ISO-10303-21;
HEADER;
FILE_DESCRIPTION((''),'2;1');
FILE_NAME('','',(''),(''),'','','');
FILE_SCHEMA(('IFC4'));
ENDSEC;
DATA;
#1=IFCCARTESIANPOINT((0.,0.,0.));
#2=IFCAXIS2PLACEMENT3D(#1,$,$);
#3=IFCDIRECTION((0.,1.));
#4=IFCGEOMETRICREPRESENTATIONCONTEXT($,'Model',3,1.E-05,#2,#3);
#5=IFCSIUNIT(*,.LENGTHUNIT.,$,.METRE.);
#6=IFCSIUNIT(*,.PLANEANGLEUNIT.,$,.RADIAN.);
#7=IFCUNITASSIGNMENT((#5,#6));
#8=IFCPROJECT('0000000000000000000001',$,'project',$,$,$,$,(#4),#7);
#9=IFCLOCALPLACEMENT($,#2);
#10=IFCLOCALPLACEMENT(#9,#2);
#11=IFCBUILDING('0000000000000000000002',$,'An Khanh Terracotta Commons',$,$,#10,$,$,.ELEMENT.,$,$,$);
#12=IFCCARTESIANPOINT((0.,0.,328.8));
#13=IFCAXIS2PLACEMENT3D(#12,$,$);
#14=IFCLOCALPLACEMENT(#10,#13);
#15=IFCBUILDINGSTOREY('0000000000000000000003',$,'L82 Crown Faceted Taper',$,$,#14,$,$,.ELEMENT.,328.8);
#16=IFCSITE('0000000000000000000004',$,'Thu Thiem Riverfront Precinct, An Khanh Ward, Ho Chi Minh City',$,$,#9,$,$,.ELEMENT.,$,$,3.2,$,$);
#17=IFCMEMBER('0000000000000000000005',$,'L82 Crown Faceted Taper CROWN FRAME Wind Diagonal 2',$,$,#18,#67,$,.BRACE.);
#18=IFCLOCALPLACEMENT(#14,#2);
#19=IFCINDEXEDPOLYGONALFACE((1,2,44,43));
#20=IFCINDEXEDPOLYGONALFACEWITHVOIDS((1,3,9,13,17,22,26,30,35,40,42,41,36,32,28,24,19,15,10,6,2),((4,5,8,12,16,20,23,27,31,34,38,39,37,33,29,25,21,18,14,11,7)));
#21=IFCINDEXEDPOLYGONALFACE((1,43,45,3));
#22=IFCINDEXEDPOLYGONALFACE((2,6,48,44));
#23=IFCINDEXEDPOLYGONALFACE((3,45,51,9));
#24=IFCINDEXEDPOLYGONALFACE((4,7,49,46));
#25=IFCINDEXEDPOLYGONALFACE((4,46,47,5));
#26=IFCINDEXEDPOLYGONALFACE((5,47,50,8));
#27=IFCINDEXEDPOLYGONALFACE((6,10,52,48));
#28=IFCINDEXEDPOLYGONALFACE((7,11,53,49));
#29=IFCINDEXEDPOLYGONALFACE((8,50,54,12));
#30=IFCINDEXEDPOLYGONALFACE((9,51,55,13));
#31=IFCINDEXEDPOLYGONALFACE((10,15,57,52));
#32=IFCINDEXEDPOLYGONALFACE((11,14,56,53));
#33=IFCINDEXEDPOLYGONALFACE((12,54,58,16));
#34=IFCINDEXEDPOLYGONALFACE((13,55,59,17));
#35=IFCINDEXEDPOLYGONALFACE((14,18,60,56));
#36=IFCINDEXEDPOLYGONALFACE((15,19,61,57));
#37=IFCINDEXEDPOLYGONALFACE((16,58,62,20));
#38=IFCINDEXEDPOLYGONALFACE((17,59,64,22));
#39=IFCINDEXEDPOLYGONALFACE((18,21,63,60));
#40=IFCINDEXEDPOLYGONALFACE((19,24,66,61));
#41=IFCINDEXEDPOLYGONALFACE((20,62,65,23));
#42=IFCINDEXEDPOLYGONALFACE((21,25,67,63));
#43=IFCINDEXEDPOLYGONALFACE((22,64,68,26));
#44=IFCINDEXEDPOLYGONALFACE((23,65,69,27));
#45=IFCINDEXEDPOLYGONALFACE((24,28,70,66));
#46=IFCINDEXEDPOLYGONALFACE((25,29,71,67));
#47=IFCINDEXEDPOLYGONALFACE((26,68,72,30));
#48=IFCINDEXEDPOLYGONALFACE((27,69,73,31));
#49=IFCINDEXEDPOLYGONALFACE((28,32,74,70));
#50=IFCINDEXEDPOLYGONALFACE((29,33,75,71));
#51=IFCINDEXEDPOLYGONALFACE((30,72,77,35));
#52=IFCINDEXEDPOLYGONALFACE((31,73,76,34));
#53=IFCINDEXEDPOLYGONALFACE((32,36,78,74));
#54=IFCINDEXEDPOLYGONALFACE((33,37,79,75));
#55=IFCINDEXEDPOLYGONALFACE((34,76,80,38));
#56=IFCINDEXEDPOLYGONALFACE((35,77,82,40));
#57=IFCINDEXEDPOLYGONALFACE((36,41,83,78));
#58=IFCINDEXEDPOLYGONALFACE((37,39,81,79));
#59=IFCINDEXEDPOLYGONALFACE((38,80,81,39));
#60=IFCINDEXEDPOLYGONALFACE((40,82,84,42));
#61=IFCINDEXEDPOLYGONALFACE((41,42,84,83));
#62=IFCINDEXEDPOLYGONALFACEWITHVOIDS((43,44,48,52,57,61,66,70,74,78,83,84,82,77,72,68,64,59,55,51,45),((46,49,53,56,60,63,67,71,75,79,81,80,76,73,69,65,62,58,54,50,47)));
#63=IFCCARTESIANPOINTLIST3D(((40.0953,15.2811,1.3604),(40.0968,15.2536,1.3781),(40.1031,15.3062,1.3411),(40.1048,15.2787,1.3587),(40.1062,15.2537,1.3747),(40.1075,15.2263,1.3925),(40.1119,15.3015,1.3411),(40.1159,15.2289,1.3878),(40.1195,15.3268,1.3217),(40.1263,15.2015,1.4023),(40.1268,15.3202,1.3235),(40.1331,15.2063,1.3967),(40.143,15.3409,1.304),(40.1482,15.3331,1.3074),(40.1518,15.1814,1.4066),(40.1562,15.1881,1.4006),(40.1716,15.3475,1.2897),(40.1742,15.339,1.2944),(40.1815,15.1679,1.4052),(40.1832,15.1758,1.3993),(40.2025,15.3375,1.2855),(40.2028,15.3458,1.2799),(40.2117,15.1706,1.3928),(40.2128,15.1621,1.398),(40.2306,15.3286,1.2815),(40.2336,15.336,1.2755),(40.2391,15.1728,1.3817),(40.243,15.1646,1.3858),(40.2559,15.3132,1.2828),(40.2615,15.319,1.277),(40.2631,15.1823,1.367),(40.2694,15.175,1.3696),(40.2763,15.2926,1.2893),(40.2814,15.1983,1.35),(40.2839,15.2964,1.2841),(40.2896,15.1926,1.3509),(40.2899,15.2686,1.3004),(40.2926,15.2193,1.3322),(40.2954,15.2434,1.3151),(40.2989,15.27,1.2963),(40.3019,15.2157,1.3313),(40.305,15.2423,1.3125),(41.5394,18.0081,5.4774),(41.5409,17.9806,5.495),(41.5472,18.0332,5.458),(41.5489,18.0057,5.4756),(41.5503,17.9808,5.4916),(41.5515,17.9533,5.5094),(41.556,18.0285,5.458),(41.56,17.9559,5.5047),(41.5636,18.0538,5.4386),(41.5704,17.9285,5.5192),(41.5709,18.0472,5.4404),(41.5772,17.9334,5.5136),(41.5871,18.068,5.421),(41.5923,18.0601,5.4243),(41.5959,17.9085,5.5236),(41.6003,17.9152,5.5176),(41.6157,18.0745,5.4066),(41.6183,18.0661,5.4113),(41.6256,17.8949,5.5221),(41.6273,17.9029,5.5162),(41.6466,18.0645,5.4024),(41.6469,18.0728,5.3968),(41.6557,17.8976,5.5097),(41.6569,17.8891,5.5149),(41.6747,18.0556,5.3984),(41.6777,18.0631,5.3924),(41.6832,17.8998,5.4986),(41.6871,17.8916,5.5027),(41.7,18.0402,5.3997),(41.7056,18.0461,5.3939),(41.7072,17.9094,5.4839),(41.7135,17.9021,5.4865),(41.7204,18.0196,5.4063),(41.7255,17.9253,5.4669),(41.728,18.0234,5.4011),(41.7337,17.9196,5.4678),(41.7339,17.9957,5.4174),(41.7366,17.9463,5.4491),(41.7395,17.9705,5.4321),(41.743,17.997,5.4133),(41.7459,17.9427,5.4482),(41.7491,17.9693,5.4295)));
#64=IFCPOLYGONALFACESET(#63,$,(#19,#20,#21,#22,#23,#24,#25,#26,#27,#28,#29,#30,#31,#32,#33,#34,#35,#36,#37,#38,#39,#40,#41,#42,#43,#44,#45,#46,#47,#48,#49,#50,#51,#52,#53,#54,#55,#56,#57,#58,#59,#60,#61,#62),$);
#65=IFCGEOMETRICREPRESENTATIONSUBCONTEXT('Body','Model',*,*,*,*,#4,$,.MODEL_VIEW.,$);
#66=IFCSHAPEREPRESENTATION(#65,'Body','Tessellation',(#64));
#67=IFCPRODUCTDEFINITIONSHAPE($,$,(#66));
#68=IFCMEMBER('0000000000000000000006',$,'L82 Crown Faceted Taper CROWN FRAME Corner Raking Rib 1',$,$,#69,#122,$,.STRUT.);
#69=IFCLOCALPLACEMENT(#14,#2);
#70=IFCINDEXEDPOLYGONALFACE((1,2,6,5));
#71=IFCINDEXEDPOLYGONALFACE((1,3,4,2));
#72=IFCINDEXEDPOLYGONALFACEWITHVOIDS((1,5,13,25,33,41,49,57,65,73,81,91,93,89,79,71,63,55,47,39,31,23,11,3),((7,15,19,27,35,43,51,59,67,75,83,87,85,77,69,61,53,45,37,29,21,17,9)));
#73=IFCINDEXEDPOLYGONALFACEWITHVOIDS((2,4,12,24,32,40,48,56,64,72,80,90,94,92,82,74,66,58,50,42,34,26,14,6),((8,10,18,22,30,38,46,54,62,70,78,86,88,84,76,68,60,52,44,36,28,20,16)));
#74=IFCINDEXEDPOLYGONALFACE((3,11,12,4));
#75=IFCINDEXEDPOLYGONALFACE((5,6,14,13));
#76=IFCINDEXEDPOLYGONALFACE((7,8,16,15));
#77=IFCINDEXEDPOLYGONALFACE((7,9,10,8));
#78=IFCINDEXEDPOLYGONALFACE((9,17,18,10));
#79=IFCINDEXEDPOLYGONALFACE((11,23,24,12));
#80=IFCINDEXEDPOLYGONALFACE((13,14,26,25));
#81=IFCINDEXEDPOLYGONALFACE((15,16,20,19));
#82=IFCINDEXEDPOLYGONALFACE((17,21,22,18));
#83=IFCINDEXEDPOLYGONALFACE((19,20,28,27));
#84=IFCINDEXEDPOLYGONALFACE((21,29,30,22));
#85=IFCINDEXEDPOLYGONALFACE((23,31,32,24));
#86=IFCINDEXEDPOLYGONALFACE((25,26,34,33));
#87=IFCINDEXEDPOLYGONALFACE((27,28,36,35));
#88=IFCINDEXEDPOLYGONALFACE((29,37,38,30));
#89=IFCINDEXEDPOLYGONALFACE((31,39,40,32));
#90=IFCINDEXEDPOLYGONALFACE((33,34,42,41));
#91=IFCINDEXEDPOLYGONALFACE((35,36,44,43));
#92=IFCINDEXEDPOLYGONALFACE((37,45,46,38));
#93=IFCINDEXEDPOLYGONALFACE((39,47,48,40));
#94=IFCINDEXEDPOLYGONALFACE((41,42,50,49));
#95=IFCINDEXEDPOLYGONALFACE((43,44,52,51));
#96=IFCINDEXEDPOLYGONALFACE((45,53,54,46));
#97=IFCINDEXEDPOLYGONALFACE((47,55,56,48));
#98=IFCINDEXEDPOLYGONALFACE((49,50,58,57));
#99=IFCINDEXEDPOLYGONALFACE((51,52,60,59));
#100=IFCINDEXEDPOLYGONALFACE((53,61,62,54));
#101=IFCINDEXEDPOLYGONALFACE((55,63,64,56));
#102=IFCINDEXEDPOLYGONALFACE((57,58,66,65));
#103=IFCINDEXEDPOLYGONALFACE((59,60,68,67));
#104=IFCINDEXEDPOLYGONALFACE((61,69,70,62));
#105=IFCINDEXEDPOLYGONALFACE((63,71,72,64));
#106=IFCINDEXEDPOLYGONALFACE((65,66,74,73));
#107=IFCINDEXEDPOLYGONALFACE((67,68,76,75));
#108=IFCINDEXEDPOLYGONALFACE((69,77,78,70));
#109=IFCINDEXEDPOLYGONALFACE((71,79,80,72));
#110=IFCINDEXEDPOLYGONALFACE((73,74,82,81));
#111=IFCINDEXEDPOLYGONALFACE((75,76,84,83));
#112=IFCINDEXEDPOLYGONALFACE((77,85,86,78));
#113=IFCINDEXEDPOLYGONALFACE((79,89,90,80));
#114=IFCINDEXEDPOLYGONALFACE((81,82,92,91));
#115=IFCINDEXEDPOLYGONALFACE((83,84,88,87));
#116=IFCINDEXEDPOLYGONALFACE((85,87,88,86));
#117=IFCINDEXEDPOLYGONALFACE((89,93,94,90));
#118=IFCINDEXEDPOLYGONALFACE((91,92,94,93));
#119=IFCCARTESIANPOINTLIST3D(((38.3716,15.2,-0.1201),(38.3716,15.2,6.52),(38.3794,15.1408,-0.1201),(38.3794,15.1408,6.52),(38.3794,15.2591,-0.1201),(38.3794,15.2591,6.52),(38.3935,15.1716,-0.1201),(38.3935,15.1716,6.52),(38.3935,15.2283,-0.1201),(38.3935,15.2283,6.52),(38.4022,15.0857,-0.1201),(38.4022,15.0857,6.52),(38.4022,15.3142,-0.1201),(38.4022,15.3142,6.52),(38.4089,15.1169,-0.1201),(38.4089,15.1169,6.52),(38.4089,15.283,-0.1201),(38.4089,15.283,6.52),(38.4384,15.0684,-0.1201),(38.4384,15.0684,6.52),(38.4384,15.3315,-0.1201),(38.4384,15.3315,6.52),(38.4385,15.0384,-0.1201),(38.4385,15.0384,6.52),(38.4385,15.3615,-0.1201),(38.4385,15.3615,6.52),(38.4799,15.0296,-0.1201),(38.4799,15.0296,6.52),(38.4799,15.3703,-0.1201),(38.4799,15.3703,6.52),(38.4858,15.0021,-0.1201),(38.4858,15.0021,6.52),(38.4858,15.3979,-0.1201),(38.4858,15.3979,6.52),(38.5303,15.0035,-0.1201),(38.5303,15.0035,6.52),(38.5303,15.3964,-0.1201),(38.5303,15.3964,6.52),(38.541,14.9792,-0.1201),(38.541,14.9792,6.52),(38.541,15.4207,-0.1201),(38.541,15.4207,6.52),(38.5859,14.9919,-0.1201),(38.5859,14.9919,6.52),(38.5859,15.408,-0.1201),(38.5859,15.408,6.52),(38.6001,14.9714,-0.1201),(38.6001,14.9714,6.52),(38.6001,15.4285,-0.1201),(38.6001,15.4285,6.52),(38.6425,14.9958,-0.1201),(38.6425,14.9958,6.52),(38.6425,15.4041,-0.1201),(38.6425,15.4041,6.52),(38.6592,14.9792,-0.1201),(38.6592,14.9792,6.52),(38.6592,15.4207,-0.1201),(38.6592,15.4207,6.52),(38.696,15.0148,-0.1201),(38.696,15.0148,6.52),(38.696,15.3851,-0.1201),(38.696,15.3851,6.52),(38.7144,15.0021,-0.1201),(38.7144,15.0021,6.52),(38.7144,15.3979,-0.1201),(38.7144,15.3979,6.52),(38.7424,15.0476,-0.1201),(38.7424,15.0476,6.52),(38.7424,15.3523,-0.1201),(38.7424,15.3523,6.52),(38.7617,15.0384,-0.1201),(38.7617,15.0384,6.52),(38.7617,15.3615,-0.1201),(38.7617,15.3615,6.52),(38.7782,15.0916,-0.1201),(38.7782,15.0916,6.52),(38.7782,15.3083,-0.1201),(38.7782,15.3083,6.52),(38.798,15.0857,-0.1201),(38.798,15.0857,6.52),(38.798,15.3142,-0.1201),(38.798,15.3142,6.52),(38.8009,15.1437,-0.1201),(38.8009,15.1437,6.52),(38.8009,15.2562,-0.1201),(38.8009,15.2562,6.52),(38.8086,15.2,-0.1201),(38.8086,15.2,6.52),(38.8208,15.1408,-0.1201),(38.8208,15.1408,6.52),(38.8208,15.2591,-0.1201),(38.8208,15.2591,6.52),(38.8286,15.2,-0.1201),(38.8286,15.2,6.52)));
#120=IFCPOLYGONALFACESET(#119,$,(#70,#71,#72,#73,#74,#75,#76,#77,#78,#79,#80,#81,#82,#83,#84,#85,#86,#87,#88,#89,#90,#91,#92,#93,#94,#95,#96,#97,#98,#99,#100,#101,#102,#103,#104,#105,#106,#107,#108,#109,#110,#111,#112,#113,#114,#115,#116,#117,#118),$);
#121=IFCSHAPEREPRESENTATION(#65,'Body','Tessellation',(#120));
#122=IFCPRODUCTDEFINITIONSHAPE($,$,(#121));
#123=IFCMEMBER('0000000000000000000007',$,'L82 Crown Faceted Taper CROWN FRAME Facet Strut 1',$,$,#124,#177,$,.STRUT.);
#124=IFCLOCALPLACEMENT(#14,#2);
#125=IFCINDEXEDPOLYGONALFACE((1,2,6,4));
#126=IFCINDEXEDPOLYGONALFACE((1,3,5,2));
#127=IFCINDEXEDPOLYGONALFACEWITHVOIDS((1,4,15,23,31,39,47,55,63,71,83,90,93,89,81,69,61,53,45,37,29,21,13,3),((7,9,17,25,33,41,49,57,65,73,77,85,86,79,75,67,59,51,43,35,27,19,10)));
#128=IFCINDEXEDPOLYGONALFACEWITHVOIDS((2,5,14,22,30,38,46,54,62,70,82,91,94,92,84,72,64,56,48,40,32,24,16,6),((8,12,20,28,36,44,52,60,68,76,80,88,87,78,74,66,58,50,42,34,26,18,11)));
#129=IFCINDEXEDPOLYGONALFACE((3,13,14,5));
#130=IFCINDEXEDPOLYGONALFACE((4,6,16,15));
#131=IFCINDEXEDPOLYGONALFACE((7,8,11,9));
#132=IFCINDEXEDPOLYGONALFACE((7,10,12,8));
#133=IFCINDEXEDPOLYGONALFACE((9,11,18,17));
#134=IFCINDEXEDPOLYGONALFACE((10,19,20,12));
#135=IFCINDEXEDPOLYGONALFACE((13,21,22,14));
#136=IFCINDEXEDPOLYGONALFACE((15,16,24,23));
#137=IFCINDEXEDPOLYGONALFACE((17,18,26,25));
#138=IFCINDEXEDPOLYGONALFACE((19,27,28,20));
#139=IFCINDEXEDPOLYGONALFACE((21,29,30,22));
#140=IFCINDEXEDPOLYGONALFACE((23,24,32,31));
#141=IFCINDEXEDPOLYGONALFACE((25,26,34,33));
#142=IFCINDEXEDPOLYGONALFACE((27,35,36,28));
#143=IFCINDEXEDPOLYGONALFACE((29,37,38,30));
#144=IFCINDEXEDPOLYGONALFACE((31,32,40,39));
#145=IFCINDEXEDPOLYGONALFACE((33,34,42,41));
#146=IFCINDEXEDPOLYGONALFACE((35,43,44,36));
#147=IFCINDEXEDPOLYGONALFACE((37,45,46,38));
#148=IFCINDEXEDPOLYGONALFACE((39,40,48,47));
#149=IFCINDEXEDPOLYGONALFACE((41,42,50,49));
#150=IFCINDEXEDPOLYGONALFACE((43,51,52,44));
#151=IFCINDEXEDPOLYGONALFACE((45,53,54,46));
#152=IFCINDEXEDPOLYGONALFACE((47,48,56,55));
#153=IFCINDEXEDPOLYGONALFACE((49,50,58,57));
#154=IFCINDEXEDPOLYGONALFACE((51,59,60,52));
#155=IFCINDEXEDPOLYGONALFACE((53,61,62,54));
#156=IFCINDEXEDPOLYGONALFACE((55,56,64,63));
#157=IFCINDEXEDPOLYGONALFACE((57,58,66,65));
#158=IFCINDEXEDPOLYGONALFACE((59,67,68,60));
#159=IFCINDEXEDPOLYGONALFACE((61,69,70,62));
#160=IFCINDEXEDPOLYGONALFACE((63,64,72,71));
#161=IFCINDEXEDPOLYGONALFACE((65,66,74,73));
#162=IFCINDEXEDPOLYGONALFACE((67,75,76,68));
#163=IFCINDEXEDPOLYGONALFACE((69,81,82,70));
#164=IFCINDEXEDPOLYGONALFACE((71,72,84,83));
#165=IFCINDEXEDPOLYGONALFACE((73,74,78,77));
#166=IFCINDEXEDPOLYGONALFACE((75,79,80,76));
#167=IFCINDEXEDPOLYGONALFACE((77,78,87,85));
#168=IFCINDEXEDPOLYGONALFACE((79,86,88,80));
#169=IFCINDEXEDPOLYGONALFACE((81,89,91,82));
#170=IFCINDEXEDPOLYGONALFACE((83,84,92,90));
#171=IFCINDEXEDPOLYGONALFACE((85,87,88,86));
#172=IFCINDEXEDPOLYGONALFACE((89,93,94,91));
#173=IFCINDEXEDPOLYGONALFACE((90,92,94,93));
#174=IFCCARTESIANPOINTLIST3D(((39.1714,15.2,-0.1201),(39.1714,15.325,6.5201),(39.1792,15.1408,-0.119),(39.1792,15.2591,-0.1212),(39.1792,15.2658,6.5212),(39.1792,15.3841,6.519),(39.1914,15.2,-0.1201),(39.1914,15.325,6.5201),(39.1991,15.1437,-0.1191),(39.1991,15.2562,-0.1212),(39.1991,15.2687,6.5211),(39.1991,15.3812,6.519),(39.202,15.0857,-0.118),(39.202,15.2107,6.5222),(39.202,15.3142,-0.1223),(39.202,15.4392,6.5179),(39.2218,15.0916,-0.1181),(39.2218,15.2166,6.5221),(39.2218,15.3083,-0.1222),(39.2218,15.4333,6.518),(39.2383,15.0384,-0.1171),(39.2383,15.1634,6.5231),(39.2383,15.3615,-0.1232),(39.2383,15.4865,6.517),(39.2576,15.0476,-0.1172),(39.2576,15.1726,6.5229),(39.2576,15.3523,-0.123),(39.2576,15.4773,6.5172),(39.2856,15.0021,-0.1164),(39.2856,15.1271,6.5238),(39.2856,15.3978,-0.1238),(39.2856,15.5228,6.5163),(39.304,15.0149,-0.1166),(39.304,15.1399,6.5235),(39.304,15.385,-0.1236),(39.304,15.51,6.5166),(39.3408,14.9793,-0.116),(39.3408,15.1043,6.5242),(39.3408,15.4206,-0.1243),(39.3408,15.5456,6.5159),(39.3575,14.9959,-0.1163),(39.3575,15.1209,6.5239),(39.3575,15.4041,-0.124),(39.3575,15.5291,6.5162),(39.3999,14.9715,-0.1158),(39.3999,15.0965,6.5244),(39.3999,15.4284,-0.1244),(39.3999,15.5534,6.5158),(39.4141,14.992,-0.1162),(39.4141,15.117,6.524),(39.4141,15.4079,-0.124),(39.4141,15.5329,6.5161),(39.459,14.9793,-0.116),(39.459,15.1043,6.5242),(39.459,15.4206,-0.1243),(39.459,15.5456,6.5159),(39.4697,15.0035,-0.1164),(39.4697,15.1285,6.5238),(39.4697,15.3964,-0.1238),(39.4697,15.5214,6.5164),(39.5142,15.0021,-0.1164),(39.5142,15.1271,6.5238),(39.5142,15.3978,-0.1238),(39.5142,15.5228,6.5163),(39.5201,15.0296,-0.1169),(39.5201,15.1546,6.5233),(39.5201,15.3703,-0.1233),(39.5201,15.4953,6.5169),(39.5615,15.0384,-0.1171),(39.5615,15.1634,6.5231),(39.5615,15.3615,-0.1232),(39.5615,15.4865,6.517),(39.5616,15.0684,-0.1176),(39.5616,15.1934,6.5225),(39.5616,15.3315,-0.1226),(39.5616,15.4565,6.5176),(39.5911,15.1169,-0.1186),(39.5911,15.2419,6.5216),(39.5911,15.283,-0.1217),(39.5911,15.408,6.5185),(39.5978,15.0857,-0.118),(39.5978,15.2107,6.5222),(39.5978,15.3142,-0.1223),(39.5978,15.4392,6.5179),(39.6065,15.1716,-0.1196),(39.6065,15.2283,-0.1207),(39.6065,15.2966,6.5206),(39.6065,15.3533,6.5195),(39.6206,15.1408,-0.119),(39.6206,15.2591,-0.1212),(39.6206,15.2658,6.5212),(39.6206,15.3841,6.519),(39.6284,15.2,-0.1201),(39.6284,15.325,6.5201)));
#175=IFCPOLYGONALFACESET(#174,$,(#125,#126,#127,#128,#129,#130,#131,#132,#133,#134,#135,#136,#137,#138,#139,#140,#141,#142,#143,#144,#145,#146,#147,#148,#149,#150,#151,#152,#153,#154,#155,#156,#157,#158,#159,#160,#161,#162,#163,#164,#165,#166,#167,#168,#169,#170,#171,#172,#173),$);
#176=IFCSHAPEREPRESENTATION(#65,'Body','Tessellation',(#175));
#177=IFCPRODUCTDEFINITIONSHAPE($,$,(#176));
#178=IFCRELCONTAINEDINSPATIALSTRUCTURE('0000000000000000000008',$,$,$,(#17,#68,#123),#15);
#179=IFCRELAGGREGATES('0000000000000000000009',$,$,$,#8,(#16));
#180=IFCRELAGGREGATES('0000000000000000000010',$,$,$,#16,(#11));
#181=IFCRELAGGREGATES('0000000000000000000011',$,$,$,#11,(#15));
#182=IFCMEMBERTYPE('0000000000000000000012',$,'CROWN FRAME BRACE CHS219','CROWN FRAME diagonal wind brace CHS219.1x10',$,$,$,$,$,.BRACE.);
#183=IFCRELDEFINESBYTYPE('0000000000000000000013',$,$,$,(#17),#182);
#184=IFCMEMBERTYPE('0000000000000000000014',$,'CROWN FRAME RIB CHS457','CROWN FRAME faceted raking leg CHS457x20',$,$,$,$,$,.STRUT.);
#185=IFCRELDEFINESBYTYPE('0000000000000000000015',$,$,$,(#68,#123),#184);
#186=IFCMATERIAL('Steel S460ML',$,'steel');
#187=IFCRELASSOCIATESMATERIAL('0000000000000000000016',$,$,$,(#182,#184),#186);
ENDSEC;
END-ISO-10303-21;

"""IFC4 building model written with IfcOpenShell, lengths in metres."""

from ifc_helpers import new_model, si_unit, direction, frame, origin, origin_2d, place, context, subcontext, project, spatial, hollow_circle, extrude, material, material_profile, profile_set, type_object, element, save


model = new_model("IFC4")

# Units and contexts
model_context = context("Model", 3, precision=1e-05, world=origin(), true_north=direction((0.0, 1.0)))
body_context = subcontext(model_context, "Body", "Model", "MODEL_VIEW")
ifc_project = project(units=[si_unit("LENGTHUNIT", "METRE"), si_unit("PLANEANGLEUNIT", "RADIAN")], contexts=[model_context])

# Site, building, storey
site_placement = place(None, origin())
site = spatial("IfcSite", under=ifc_project, at=site_placement, Name="Thu Thiem Riverfront Precinct, An Khanh Ward, Ho Chi Minh City", CompositionType="ELEMENT", RefElevation=3.2)
building_placement = place(site_placement, origin())
building = spatial("IfcBuilding", under=site, at=building_placement, Name="An Khanh Terracotta Commons", CompositionType="ELEMENT")
storey_placement = place(building_placement, frame((0.0, 0.0, 328.8)))
storey = spatial("IfcBuildingStorey", under=building, at=storey_placement, Name="L82 Crown Faceted Taper", CompositionType="ELEMENT", Elevation=328.8)

# Members
ifc_material_1 = material(Name="Steel S460ML", Category="steel")
ifc_material_profile_1 = material_profile(ifc_material_1, hollow_circle(Radius=0.1096, WallThickness=0.01, at=origin_2d()), Name="CHS219.1x10")
ifc_profile_set_1 = profile_set([ifc_material_profile_1], Name="Steel S460ML")
member_type_1 = type_object("IfcMemberType", Name="CROWN FRAME BRACE CHS219", Description="CROWN FRAME diagonal wind brace CHS219.1x10", PredefinedType="BRACE", material=ifc_profile_set_1)
member_1_placement = place(storey_placement, frame((40.2, 15.2549, 1.3411), z_axis=(0.280677, 0.530035, 0.800177), x_axis=(-0.88374, 0.467979, 0.0)))
element("IfcMember", 1, at=member_1_placement, inside=storey, type_object=member_type_1, Name="L82 Crown Faceted Taper CROWN FRAME Wind Diagonal 2", PredefinedType="BRACE", context=body_context, shape_type="SweptSolid", body=[
    extrude(hollow_circle(Radius=0.1096, WallThickness=0.01, at=origin_2d()), origin(), (0.0, 0.0, 1.0), 5.145),
])
ifc_material_profile_2 = material_profile(ifc_material_1, hollow_circle(Radius=0.2285, WallThickness=0.02, at=origin_2d()), Name="CHS457x20")
ifc_profile_set_2 = profile_set([ifc_material_profile_2], Name="Steel S460ML")
member_type_2 = type_object("IfcMemberType", Name="CROWN FRAME RIB CHS457", Description="CROWN FRAME faceted raking leg CHS457x20", PredefinedType="STRUT", material=ifc_profile_set_2)
member_2_placement = place(storey_placement, frame((38.6001, 15.2, -0.1201), z_axis=(0.0, 0.0, 1.0), x_axis=(1.0, 0.0, 0.0)))
element("IfcMember", 2, at=member_2_placement, inside=storey, type_object=member_type_2, Name="L82 Crown Faceted Taper CROWN FRAME Corner Raking Rib 1", PredefinedType="STRUT", context=body_context, shape_type="SweptSolid", body=[
    extrude(hollow_circle(Radius=0.2285, WallThickness=0.02, at=origin_2d()), origin(), (0.0, 0.0, 1.0), 6.6401),
])
member_3_placement = place(storey_placement, frame((39.3999, 15.2, -0.1201), z_axis=(0.0, 0.018822, 0.999823), x_axis=(-1.0, 0.0, 0.0)))
element("IfcMember", 3, at=member_3_placement, inside=storey, type_object=member_type_2, Name="L82 Crown Faceted Taper CROWN FRAME Facet Strut 1", PredefinedType="STRUT", context=body_context, shape_type="SweptSolid", body=[
    extrude(hollow_circle(Radius=0.2285, WallThickness=0.02, at=origin_2d()), origin(), (0.0, 0.0, 1.0), 6.6414),
])

save(model, "model.ifc")
